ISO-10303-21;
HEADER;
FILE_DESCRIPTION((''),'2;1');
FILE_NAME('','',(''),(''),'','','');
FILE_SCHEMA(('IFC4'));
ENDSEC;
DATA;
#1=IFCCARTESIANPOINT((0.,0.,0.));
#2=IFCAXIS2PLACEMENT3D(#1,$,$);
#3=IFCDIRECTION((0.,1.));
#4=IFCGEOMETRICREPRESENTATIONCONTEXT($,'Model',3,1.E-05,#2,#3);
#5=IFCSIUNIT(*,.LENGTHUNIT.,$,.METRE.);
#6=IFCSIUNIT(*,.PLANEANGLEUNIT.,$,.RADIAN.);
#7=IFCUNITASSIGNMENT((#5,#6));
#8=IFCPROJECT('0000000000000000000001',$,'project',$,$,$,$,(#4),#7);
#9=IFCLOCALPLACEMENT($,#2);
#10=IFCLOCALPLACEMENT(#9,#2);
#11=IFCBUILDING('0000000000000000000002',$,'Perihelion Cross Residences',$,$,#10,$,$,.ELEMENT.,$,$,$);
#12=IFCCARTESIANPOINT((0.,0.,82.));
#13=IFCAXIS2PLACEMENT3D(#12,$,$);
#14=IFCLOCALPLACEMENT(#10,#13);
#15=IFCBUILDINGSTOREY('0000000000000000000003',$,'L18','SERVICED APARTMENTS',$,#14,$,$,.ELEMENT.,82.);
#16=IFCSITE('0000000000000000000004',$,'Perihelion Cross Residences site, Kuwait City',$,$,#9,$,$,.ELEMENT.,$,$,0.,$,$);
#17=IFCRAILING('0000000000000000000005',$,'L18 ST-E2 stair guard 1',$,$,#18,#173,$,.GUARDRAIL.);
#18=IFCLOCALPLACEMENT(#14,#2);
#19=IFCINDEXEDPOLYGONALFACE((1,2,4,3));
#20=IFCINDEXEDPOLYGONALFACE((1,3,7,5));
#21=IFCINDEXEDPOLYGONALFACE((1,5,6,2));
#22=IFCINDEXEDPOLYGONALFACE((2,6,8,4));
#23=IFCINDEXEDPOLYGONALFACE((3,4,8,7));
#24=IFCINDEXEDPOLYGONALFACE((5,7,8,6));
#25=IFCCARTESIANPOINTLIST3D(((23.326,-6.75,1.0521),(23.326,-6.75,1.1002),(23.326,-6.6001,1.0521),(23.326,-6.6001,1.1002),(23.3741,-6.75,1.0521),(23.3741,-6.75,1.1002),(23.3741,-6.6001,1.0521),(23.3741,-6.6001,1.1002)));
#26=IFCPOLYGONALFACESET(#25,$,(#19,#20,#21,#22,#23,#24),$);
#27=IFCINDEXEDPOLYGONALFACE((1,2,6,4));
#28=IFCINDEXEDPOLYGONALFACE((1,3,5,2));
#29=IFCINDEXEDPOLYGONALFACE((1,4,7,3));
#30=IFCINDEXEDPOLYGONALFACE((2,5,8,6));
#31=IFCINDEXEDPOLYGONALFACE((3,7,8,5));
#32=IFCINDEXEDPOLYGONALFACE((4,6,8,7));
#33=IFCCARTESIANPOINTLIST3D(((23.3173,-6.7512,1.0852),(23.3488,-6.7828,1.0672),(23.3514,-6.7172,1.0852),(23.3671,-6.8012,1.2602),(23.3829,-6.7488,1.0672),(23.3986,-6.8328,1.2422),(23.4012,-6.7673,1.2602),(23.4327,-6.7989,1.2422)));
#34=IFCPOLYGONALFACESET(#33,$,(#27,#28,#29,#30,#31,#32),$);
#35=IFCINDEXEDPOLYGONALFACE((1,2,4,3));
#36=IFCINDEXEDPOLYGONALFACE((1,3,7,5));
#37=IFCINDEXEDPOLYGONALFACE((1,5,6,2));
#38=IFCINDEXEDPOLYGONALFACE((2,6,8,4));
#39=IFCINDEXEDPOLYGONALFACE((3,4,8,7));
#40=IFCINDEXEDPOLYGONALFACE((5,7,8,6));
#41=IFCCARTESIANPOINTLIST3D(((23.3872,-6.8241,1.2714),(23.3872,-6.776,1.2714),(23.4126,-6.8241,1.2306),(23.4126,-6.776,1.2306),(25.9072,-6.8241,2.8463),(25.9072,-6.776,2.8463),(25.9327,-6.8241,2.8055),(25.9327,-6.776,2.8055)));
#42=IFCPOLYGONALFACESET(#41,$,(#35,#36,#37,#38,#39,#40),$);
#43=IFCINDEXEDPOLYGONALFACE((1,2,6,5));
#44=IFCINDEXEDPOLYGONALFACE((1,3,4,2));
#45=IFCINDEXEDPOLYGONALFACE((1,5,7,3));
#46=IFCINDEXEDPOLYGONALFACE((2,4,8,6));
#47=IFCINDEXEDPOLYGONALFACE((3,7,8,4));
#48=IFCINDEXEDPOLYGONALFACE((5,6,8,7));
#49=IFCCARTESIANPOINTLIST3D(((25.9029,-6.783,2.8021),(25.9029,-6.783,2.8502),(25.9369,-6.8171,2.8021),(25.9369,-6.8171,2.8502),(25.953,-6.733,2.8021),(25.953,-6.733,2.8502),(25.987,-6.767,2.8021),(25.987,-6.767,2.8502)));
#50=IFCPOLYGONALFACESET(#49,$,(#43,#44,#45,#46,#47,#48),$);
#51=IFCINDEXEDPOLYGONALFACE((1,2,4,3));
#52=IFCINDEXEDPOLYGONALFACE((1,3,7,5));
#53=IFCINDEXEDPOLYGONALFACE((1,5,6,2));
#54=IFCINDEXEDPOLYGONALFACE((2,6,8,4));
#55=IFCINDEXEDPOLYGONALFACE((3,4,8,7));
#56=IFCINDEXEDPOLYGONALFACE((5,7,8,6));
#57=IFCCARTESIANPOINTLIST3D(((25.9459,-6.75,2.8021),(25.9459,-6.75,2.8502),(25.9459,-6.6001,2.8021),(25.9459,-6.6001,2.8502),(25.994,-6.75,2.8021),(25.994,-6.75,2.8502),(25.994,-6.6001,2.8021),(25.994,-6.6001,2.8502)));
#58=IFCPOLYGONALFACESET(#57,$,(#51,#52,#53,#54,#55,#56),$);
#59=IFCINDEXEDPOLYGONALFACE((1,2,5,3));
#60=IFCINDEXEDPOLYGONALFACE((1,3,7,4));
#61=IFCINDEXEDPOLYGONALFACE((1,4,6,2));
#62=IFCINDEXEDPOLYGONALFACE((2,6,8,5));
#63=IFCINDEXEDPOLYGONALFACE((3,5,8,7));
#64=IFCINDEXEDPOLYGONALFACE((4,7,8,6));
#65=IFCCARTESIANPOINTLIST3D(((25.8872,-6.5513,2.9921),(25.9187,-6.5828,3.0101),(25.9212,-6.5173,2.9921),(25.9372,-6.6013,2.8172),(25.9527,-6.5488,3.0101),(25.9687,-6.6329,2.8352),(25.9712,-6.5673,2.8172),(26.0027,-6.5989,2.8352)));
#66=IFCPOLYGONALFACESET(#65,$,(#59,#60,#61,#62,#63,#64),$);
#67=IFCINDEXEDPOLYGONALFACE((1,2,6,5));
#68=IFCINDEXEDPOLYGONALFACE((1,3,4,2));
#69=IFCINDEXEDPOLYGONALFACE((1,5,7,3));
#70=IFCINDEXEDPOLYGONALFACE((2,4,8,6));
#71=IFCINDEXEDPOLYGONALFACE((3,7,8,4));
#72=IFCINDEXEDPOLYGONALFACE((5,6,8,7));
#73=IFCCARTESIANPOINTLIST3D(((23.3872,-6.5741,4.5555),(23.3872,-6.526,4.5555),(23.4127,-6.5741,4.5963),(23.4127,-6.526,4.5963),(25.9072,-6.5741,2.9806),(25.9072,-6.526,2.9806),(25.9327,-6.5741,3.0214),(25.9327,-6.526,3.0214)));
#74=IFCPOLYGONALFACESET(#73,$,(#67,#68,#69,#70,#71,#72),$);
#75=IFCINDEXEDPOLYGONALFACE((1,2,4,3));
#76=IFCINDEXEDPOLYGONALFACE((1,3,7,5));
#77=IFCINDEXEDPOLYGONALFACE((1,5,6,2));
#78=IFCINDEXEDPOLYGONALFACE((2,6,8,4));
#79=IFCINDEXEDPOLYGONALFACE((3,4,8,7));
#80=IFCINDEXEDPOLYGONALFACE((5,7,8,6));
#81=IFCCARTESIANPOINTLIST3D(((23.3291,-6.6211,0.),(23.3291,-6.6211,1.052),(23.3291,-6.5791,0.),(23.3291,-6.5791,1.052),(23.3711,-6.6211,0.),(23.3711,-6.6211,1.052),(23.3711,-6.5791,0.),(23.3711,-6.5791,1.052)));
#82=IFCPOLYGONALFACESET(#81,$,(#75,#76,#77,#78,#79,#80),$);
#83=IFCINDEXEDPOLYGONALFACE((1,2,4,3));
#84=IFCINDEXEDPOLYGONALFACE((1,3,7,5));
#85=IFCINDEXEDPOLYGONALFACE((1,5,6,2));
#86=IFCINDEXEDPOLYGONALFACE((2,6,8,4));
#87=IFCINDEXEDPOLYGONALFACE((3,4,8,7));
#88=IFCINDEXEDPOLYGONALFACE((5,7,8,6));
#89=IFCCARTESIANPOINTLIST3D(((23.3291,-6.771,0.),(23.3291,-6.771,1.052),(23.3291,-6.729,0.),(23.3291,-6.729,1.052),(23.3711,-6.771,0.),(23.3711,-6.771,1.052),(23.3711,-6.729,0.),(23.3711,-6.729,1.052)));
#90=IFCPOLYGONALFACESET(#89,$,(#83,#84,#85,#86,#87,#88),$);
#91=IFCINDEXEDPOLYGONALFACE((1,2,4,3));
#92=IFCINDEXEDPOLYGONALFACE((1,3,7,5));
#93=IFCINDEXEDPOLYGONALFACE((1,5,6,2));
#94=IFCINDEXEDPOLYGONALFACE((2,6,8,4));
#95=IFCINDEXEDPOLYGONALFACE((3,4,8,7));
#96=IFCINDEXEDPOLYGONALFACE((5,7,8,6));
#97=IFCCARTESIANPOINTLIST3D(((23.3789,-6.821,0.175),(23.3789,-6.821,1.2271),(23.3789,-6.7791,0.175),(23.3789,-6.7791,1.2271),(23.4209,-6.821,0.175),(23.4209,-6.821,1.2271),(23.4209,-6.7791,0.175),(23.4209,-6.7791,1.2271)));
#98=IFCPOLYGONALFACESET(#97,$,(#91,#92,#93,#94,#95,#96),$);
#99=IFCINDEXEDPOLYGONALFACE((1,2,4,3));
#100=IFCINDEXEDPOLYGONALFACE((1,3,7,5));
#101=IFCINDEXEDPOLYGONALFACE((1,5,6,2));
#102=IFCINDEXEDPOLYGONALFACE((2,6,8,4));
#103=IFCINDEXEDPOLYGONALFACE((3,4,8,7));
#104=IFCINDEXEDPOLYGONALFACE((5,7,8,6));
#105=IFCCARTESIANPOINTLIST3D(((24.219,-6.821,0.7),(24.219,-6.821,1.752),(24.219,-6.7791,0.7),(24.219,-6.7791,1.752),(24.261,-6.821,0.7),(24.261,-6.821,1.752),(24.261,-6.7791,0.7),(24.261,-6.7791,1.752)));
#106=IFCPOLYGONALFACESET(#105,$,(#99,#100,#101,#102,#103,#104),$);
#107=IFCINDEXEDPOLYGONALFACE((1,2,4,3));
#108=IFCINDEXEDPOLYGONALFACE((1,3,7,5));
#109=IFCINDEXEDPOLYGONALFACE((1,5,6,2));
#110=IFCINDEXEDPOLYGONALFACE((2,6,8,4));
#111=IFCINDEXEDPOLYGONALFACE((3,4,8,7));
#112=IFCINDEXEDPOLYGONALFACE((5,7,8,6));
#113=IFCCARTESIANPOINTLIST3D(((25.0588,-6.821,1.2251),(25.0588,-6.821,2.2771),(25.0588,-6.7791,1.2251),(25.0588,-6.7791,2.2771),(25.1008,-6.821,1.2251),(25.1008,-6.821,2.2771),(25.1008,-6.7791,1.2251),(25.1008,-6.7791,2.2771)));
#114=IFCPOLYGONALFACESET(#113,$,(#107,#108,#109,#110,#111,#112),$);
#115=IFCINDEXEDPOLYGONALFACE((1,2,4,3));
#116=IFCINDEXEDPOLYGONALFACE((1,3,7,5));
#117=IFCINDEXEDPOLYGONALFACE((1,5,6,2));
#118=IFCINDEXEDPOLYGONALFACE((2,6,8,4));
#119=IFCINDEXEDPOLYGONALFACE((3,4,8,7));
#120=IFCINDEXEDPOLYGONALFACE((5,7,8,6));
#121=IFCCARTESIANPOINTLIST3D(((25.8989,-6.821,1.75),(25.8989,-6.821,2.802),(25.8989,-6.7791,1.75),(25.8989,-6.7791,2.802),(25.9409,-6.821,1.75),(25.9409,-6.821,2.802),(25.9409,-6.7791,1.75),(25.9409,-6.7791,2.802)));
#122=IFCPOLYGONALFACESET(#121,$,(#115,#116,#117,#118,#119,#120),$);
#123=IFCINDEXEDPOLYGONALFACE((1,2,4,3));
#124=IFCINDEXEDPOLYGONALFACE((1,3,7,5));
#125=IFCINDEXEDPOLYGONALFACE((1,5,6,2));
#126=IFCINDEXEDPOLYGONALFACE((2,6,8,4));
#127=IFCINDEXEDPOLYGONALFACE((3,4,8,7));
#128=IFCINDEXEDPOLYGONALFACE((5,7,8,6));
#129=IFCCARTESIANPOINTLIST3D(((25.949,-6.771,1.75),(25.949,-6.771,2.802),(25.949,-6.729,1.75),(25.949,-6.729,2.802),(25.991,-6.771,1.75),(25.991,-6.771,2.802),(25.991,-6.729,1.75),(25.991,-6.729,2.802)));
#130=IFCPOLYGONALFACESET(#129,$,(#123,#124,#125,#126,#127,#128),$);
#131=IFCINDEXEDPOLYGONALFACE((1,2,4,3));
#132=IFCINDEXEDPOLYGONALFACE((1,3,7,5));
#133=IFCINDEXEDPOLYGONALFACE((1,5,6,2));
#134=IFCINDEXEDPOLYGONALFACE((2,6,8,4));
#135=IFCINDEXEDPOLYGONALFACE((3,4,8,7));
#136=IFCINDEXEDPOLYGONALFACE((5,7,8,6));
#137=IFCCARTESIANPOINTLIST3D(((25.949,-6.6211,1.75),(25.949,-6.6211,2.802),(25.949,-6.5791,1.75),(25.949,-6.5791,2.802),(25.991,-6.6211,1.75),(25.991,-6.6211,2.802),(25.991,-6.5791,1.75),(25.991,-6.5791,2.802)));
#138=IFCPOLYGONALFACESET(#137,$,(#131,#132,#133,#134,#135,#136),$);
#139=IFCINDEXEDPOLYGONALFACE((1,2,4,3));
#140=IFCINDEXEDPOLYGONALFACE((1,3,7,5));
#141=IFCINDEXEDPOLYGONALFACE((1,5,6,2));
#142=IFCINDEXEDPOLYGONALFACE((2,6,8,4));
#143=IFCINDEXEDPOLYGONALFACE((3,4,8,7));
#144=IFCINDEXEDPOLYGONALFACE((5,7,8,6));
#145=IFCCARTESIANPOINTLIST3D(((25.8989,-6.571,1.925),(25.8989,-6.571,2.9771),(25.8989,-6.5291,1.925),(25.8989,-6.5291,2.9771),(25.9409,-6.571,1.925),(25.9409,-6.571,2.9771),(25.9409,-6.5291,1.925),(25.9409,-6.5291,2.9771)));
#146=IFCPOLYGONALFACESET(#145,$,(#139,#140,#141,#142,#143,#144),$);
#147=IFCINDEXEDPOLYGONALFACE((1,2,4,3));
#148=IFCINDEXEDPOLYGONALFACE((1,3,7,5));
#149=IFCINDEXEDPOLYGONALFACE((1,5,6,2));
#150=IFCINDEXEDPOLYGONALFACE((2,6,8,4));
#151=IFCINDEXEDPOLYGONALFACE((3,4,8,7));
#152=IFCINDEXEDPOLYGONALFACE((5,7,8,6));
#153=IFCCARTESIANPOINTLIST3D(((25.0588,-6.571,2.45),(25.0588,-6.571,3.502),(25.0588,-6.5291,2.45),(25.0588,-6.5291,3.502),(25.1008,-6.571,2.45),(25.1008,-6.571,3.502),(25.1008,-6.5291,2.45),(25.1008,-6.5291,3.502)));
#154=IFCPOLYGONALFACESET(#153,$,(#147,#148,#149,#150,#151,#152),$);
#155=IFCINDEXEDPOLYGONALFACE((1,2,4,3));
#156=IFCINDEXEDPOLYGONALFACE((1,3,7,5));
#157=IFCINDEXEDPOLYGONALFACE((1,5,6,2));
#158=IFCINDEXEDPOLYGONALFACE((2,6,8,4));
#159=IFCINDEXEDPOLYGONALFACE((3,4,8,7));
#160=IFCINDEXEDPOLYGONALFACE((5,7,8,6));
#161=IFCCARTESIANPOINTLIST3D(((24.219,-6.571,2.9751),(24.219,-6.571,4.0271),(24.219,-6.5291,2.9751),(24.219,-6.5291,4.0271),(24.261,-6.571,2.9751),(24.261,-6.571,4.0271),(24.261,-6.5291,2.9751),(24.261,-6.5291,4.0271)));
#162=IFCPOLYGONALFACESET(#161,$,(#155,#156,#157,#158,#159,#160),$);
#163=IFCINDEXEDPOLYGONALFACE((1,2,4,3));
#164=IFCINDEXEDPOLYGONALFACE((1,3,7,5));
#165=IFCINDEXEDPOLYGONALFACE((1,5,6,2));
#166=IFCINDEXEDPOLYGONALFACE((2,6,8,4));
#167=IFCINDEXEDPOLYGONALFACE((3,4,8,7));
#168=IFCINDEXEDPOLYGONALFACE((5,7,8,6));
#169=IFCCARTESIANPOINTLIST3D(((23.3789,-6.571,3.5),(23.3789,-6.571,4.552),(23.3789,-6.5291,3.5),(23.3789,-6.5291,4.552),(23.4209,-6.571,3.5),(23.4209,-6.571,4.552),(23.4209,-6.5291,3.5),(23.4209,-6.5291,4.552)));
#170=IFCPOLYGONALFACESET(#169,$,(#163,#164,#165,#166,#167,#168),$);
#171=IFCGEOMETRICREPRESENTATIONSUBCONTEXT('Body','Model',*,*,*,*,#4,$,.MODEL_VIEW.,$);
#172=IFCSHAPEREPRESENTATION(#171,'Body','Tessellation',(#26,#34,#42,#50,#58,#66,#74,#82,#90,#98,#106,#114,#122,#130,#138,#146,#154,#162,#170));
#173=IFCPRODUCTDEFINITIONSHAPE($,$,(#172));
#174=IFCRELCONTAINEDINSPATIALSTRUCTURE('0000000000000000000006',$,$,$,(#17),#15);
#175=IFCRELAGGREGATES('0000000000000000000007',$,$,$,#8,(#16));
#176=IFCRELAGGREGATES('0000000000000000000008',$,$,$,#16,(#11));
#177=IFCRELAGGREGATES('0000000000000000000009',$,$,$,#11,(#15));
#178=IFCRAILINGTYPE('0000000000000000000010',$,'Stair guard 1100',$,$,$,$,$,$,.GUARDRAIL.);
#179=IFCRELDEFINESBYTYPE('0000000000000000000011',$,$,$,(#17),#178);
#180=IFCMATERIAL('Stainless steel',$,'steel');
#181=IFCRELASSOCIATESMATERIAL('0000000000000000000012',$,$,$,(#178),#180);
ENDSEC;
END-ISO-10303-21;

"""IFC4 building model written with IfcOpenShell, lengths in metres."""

from ifc_helpers import new_model, si_unit, direction, frame, origin, origin_2d, place, context, subcontext, project, spatial, rectangle, extrude, material, type_object, element, save


model = new_model("IFC4")

# Units and contexts
model_context = context("Model", 3, precision=1e-05, world=origin(), true_north=direction((0.0, 1.0)))
body_context = subcontext(model_context, "Body", "Model", "MODEL_VIEW")
ifc_project = project(units=[si_unit("LENGTHUNIT", "METRE"), si_unit("PLANEANGLEUNIT", "RADIAN")], contexts=[model_context])

# Site, building, storey
site_placement = place(None, origin())
site = spatial("IfcSite", under=ifc_project, at=site_placement, Name="Perihelion Cross Residences site, Kuwait City", CompositionType="ELEMENT", RefElevation=0.0)
building_placement = place(site_placement, origin())
building = spatial("IfcBuilding", under=site, at=building_placement, Name="Perihelion Cross Residences", CompositionType="ELEMENT")
storey_placement = place(building_placement, frame((0.0, 0.0, 82.0)))
storey = spatial("IfcBuildingStorey", under=building, at=storey_placement, Name="L18", Description="SERVICED APARTMENTS", CompositionType="ELEMENT", Elevation=82.0)

# Railing
ifc_material_1 = material(Name="Stainless steel", Category="steel")
railing_type_1 = type_object("IfcRailingType", Name="Stair guard 1100", PredefinedType="GUARDRAIL", material=ifc_material_1)
railing_1_placement = place(storey_placement, frame((23.3501, -6.6001, 0.0)))
element("IfcRailing", 1, at=railing_1_placement, inside=storey, type_object=railing_type_1, Name="L18 ST-E2 stair guard 1", PredefinedType="GUARDRAIL", context=body_context, shape_type="SweptSolid", body=[
    extrude(rectangle(XDim=0.0481, YDim=0.0481, at=origin_2d()), frame((0.0, 0.0, 1.0762), z_axis=(0.0, -1.0, 0.0), x_axis=(1.0, 0.0, 0.0)), (0.0, 0.0, 1.0), 0.1499),
    extrude(rectangle(XDim=0.0481, YDim=0.0481, at=origin_2d()), frame((0.0, -0.1499, 1.0762), z_axis=(0.263862, -0.265156, 0.927399), x_axis=(0.708834, 0.705376, 0.0)), (0.0, 0.0, 1.0), 0.1887),
    extrude(rectangle(XDim=0.0481, YDim=0.0481, at=origin_2d()), frame((0.0498, -0.2, 1.251), z_axis=(0.848008, 0.0, 0.529984), x_axis=(0.0, 1.0, 0.0)), (0.0, 0.0, 1.0), 2.9717),
    extrude(rectangle(XDim=0.0481, YDim=0.0481, at=origin_2d()), frame((2.5698, -0.2, 2.8262), z_axis=(0.707107, 0.707107, 0.0), x_axis=(-0.707107, 0.707107, 0.0)), (0.0, 0.0, 1.0), 0.0708),
    extrude(rectangle(XDim=0.0481, YDim=0.0481, at=origin_2d()), frame((2.6199, -0.1499, 2.8262), z_axis=(0.0, 1.0, 0.0), x_axis=(-1.0, 0.0, 0.0)), (0.0, 0.0, 1.0), 0.1499),
    extrude(rectangle(XDim=0.0481, YDim=0.0481, at=origin_2d()), frame((2.6199, 0.0, 2.8262), z_axis=(-0.265065, 0.265065, 0.927082), x_axis=(-0.707107, -0.707107, 0.0)), (0.0, 0.0, 1.0), 0.1887),
    extrude(rectangle(XDim=0.0481, YDim=0.0481, at=origin_2d()), frame((2.5698, 0.05, 3.001), z_axis=(-0.848008, 0.0, 0.529984), x_axis=(0.0, -1.0, 0.0)), (0.0, 0.0, 1.0), 2.9717),
    extrude(rectangle(XDim=0.042, YDim=0.042, at=origin_2d()), origin(), (0.0, 0.0, 1.0), 1.052),
    extrude(rectangle(XDim=0.042, YDim=0.042, at=origin_2d()), frame((0.0, -0.1499, 0.0)), (0.0, 0.0, 1.0), 1.052),
    extrude(rectangle(XDim=0.042, YDim=0.042, at=origin_2d()), frame((0.0498, -0.2, 0.175)), (0.0, 0.0, 1.0), 1.052),
    extrude(rectangle(XDim=0.042, YDim=0.042, at=origin_2d()), frame((0.8899, -0.2, 0.7)), (0.0, 0.0, 1.0), 1.052),
    extrude(rectangle(XDim=0.042, YDim=0.042, at=origin_2d()), frame((1.7297, -0.2, 1.2251)), (0.0, 0.0, 1.0), 1.052),
    extrude(rectangle(XDim=0.042, YDim=0.042, at=origin_2d()), frame((2.5698, -0.2, 1.75)), (0.0, 0.0, 1.0), 1.052),
    extrude(rectangle(XDim=0.042, YDim=0.042, at=origin_2d()), frame((2.6199, -0.1499, 1.75)), (0.0, 0.0, 1.0), 1.052),
    extrude(rectangle(XDim=0.042, YDim=0.042, at=origin_2d()), frame((2.6199, 0.0, 1.75)), (0.0, 0.0, 1.0), 1.052),
    extrude(rectangle(XDim=0.042, YDim=0.042, at=origin_2d()), frame((2.5698, 0.05, 1.925)), (0.0, 0.0, 1.0), 1.052),
    extrude(rectangle(XDim=0.042, YDim=0.042, at=origin_2d()), frame((1.7297, 0.05, 2.45)), (0.0, 0.0, 1.0), 1.052),
    extrude(rectangle(XDim=0.042, YDim=0.042, at=origin_2d()), frame((0.8899, 0.05, 2.9751)), (0.0, 0.0, 1.0), 1.052),
    extrude(rectangle(XDim=0.042, YDim=0.042, at=origin_2d()), frame((0.0498, 0.05, 3.5)), (0.0, 0.0, 1.0), 1.052),
])

save(model, "model.ifc")
